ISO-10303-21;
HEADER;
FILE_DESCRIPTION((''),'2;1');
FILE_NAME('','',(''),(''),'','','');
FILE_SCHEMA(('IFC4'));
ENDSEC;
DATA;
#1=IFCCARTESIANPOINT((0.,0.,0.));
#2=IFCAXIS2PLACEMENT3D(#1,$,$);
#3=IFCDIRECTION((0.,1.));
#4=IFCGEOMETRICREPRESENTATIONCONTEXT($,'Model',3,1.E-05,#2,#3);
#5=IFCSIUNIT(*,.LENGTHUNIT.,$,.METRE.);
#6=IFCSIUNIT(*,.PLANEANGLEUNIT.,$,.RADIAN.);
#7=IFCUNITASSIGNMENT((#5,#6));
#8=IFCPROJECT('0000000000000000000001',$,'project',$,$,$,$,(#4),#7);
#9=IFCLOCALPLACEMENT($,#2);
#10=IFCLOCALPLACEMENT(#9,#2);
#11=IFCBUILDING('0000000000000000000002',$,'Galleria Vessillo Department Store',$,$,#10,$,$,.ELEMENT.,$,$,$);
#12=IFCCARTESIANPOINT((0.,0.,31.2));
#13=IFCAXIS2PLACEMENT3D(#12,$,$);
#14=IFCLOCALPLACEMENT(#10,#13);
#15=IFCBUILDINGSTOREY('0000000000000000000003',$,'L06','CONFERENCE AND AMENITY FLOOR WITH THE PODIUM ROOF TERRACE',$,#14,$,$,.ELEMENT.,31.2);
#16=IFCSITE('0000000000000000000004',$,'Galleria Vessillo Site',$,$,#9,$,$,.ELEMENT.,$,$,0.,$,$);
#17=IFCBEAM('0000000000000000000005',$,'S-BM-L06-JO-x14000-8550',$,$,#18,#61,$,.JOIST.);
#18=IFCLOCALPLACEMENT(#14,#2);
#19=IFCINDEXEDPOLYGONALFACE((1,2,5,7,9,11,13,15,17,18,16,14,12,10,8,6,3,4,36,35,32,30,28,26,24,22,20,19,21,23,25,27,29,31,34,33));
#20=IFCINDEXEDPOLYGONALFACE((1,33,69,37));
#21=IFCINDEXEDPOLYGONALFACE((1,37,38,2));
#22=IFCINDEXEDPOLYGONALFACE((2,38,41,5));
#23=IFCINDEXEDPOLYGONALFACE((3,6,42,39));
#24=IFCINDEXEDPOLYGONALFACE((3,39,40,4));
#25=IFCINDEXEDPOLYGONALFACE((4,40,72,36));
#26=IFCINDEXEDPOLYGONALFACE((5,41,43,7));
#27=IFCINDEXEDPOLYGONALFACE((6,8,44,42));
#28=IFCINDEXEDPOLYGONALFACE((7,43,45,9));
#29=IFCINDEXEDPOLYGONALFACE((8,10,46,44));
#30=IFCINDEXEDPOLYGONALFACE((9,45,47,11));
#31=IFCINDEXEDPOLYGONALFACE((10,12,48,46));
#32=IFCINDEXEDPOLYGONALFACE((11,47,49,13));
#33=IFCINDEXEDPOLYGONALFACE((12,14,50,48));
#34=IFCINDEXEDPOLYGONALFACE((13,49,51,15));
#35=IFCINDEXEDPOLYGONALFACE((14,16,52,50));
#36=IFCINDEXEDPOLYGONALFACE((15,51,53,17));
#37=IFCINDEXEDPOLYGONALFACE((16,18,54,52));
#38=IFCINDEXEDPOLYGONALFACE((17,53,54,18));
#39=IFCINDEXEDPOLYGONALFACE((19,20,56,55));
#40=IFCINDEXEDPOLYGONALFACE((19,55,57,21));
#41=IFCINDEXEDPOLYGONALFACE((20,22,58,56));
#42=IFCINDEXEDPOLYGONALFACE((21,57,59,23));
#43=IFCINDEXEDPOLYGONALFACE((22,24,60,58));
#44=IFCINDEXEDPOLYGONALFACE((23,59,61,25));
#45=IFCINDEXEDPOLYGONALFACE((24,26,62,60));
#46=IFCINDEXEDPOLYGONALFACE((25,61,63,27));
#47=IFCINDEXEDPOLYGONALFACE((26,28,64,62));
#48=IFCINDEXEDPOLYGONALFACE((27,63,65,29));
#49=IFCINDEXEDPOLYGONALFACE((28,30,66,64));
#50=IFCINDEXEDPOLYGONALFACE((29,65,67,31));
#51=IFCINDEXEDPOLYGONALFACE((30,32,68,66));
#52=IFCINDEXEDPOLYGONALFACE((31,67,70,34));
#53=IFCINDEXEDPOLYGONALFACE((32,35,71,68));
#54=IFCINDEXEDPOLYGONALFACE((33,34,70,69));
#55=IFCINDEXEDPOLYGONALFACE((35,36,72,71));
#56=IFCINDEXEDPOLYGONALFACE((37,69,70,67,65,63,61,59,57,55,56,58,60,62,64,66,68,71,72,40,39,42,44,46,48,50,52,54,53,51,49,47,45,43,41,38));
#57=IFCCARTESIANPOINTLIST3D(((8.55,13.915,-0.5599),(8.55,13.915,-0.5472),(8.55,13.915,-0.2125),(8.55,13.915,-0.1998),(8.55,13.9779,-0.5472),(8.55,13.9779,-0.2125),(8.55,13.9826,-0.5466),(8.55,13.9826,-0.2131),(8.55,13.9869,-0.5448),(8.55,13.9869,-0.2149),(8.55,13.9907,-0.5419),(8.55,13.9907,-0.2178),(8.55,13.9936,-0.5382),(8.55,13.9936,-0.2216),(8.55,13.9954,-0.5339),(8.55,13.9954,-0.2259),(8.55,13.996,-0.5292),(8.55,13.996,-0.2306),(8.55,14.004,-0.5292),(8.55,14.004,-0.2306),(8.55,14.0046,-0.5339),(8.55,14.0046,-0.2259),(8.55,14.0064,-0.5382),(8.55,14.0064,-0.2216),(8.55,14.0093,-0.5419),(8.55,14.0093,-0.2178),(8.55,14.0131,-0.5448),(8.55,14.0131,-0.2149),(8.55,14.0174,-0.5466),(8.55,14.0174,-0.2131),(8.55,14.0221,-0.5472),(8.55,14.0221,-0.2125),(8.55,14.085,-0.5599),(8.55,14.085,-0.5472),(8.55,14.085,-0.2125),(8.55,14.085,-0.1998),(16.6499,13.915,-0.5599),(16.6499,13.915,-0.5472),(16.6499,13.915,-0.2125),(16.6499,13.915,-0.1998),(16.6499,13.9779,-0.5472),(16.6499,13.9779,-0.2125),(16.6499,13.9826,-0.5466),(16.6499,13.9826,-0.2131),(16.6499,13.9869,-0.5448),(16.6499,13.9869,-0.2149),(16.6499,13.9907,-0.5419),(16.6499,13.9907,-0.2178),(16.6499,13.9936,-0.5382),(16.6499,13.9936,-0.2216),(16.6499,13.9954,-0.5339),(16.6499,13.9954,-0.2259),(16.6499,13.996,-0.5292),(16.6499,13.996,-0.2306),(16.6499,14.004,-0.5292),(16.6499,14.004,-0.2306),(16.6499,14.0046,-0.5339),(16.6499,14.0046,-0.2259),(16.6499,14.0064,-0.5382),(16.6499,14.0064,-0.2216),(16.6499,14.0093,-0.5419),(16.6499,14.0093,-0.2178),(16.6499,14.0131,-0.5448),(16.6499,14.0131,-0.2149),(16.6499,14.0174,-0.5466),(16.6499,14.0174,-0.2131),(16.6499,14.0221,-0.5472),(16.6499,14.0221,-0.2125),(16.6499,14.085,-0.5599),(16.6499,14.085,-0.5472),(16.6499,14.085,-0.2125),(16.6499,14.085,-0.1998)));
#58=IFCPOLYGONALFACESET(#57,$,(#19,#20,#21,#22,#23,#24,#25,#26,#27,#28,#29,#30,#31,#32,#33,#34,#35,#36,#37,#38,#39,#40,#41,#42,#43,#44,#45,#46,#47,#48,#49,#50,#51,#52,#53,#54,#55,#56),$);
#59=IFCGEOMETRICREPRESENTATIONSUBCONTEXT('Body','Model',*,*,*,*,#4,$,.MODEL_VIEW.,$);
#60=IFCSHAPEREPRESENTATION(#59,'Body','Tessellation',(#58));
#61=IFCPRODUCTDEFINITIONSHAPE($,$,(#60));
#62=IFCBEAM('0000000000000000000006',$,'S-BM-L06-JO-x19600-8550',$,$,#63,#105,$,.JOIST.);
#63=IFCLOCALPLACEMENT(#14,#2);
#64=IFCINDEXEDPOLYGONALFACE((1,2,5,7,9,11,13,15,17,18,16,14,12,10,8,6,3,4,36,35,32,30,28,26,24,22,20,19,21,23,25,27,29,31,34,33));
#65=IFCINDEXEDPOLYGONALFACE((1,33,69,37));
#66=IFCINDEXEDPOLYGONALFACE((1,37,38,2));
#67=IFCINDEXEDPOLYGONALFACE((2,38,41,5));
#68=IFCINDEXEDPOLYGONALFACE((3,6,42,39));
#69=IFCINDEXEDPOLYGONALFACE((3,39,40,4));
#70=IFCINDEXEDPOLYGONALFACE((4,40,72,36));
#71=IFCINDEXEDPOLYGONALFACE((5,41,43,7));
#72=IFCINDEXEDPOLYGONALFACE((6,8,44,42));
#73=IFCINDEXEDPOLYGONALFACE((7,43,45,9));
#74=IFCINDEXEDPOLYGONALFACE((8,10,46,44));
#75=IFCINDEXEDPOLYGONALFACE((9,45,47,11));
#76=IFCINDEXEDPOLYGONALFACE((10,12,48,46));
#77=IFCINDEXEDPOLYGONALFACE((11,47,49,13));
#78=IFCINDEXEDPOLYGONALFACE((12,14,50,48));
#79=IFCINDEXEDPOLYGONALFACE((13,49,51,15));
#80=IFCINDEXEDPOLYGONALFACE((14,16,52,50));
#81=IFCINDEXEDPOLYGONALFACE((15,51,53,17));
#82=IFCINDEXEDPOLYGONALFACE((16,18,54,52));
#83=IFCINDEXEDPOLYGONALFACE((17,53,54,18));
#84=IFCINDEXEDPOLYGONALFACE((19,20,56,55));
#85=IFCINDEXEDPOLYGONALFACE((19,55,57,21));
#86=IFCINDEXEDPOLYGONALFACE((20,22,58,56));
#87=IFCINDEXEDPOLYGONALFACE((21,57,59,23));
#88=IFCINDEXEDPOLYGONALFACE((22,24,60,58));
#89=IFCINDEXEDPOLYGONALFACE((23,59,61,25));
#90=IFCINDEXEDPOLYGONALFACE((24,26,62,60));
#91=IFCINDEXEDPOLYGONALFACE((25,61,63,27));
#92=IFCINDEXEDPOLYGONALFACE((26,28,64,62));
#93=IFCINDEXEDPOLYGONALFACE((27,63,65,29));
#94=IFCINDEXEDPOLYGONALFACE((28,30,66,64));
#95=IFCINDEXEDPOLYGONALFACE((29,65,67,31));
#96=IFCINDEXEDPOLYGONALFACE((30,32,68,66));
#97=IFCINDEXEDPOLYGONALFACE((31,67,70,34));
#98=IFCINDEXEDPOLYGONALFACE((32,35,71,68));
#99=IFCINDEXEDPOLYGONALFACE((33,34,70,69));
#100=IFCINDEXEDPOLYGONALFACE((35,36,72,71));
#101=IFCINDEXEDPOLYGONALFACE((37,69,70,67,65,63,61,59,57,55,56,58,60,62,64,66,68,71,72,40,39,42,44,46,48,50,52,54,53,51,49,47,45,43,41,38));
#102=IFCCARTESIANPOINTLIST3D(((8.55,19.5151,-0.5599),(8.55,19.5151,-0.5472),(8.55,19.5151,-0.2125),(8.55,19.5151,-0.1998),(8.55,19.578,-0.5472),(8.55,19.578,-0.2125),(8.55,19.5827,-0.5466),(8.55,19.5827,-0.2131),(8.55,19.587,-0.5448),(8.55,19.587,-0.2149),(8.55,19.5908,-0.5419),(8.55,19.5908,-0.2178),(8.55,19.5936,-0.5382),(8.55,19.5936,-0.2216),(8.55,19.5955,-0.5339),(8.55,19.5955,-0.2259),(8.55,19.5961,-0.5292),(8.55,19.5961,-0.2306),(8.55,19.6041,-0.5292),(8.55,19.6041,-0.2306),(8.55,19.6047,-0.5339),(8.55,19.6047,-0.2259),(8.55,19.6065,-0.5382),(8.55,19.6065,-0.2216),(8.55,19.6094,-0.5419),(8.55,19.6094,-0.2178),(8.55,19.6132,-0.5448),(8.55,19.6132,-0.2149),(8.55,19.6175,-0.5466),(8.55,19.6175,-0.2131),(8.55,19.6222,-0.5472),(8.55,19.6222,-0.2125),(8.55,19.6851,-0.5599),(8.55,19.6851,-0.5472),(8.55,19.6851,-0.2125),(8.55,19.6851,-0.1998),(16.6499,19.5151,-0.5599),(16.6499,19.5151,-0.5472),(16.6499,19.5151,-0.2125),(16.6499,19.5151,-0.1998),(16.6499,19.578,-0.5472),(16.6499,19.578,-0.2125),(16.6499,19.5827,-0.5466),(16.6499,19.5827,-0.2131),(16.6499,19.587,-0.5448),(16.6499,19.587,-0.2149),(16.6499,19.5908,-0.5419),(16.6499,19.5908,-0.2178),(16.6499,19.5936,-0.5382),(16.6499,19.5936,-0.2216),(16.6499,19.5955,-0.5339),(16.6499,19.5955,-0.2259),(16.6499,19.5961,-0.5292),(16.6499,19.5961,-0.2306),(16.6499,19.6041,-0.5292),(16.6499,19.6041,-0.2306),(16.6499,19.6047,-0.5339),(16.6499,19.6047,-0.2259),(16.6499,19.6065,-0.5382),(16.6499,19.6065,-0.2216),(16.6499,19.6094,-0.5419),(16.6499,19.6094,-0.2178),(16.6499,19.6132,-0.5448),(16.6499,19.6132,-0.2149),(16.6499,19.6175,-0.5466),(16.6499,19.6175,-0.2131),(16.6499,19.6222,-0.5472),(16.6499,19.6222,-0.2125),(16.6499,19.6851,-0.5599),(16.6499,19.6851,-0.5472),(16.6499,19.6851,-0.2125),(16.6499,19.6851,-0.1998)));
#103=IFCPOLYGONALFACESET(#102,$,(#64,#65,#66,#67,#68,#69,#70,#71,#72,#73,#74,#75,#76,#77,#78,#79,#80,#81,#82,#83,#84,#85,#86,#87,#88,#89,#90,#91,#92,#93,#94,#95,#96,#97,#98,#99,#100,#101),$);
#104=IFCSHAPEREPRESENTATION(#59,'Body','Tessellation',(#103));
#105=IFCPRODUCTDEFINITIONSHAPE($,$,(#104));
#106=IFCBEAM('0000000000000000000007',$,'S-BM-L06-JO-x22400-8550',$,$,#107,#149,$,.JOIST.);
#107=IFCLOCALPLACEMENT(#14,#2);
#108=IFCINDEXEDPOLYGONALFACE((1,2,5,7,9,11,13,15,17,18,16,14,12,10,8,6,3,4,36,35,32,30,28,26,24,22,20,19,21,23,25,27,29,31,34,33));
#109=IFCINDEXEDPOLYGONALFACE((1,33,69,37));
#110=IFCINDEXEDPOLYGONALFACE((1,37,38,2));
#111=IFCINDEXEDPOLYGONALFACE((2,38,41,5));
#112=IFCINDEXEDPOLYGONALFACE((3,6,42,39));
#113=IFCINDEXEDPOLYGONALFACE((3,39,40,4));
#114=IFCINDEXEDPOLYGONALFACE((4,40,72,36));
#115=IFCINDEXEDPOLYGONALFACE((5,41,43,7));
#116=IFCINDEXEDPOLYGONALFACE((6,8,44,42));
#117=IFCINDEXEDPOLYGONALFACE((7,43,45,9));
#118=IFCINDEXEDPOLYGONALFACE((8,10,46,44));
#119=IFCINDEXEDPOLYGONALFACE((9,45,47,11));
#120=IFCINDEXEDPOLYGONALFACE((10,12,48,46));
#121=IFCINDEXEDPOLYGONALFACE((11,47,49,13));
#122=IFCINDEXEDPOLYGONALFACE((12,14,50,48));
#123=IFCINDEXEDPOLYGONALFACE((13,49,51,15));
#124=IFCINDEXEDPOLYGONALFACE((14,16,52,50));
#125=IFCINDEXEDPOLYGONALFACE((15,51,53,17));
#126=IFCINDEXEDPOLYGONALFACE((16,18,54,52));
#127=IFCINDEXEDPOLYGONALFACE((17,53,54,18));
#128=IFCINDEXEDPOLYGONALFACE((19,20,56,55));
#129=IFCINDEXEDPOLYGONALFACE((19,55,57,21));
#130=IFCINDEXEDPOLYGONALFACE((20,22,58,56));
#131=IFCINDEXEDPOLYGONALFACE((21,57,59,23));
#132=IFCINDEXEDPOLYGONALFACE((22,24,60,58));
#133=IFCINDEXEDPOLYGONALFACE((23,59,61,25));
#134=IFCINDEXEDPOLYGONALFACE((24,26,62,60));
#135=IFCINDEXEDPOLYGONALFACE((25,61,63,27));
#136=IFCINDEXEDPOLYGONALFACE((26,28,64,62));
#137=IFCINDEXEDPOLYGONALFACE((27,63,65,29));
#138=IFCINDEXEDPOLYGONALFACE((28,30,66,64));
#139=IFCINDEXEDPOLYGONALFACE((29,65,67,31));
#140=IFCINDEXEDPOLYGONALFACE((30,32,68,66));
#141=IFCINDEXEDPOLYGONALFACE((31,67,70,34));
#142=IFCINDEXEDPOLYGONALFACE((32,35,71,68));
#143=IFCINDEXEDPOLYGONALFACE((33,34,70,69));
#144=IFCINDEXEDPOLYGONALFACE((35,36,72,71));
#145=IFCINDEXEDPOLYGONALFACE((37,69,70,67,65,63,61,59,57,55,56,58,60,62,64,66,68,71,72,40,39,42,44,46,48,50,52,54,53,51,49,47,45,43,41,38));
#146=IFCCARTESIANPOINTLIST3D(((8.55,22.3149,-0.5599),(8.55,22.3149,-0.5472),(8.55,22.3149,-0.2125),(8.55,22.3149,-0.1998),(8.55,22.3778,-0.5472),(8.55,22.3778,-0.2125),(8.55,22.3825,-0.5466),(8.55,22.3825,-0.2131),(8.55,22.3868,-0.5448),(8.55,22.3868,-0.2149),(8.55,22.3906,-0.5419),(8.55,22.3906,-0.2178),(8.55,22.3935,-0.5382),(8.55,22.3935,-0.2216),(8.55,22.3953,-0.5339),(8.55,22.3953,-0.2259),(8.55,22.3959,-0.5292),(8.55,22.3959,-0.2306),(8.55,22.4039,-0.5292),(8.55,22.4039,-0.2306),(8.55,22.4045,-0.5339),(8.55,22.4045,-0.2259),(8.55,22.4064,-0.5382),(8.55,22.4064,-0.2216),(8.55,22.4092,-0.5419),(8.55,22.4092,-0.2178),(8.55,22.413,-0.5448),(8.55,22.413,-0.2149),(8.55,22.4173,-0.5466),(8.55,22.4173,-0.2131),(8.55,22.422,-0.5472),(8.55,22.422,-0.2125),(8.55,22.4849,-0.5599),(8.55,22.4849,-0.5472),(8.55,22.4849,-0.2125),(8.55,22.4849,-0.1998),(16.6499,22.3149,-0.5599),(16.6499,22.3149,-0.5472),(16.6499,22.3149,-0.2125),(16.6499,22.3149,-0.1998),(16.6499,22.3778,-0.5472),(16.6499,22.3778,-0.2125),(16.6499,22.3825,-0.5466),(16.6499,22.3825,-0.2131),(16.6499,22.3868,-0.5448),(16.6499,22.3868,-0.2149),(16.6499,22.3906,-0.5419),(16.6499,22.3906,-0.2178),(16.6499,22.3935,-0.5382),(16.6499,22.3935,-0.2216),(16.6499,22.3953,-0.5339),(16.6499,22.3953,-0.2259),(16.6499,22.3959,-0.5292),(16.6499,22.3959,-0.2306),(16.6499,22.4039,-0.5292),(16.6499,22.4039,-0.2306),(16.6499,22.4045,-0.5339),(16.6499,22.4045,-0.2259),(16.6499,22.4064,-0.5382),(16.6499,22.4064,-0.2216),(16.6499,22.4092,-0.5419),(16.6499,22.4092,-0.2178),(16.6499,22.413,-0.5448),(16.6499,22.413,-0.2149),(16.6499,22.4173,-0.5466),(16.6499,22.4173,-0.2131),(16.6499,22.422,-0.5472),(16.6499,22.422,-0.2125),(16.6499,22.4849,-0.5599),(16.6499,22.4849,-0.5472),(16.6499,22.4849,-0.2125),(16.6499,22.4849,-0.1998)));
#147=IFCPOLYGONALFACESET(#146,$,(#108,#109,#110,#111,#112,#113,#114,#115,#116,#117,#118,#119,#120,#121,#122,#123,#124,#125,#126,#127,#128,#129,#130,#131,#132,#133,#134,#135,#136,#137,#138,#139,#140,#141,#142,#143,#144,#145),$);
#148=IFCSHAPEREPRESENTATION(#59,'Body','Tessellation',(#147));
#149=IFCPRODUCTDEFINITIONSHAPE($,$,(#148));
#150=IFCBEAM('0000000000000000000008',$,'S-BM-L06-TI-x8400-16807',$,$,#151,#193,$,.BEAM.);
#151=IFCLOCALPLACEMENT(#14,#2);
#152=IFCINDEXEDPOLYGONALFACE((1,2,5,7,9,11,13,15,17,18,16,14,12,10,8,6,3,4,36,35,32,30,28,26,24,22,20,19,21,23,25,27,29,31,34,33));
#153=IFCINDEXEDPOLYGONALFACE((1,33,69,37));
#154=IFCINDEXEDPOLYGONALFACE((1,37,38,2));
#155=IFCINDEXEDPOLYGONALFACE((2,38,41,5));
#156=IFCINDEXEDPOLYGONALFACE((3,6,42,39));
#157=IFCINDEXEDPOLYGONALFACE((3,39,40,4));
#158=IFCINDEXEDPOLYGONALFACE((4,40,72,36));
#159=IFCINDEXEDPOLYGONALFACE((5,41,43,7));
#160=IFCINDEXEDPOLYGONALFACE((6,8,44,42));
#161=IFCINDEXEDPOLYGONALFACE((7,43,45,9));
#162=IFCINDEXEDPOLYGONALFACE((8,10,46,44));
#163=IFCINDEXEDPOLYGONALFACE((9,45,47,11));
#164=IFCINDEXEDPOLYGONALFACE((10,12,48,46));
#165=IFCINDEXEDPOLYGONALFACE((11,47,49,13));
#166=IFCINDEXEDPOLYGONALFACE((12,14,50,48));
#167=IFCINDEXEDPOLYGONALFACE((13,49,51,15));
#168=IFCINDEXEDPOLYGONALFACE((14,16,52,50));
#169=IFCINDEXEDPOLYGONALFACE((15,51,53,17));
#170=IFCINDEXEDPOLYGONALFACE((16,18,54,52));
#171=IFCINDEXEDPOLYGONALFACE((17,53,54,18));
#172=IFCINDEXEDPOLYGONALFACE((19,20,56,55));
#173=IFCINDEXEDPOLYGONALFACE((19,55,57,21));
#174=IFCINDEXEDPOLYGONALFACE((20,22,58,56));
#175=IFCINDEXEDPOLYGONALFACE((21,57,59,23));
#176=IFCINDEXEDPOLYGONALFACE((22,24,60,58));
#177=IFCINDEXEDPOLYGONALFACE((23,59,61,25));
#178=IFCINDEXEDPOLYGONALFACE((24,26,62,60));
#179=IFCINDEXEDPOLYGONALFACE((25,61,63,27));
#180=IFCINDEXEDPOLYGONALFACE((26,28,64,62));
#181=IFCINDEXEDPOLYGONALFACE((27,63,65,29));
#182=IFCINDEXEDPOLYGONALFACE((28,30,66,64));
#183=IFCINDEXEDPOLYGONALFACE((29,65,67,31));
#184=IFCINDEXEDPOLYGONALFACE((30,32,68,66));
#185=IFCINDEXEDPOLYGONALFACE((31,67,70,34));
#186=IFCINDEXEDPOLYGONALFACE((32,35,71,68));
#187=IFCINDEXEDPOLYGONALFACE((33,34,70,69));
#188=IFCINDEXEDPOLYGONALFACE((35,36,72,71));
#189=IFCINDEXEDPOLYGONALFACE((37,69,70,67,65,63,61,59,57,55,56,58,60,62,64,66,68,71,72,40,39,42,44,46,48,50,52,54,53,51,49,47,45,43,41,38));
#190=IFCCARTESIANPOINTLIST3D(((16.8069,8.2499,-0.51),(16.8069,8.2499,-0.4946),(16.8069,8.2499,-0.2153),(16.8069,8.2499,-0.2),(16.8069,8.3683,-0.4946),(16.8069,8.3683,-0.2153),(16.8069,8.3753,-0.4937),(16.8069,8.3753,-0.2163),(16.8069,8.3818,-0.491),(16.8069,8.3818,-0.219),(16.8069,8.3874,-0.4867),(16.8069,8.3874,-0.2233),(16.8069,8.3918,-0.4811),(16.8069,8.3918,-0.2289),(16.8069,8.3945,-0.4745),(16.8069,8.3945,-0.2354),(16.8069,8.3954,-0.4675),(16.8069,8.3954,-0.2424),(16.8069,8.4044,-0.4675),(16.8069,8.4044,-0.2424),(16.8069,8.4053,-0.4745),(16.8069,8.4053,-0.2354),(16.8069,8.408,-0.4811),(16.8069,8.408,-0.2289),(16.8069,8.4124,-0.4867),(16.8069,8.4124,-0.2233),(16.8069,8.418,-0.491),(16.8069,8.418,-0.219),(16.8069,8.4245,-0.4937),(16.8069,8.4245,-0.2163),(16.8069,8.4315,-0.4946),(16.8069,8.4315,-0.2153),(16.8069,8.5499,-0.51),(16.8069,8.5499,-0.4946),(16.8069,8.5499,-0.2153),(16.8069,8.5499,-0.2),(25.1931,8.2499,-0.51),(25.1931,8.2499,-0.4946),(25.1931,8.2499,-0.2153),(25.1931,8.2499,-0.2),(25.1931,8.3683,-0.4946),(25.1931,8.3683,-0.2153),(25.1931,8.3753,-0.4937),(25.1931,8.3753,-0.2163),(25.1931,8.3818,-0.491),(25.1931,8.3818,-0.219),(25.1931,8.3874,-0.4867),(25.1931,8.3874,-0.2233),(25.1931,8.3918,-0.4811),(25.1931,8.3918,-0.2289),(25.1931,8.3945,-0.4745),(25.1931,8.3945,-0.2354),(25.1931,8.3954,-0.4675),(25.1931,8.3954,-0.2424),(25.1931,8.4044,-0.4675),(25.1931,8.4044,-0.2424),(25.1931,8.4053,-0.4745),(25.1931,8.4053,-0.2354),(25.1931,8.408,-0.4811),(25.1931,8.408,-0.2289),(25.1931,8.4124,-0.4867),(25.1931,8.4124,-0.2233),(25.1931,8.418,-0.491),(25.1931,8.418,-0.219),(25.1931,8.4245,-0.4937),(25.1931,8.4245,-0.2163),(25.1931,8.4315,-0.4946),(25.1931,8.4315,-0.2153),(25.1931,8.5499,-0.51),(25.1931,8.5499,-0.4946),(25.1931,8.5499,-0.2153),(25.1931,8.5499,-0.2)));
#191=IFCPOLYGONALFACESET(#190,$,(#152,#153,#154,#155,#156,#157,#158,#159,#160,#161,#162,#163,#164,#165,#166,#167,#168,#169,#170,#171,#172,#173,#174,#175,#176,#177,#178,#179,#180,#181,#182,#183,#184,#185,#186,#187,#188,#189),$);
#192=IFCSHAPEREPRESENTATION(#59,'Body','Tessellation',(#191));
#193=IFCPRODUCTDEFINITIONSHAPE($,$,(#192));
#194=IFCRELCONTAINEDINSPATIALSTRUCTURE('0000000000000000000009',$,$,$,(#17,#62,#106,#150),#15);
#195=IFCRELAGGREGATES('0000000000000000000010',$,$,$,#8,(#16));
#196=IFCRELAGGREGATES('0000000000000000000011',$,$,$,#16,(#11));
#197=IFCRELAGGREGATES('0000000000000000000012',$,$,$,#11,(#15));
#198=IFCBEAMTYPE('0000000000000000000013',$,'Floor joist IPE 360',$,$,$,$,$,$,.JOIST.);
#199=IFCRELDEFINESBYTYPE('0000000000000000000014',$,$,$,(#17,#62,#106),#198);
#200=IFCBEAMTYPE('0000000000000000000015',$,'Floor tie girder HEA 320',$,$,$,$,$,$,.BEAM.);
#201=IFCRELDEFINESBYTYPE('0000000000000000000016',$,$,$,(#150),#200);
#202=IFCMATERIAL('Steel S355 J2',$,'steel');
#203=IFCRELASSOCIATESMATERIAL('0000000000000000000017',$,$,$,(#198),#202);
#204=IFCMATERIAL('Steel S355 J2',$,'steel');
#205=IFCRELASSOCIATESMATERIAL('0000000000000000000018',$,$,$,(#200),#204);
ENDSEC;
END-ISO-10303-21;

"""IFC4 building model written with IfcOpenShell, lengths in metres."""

from ifc_helpers import new_model, si_unit, direction, frame, origin, origin_2d, place, context, subcontext, project, spatial, i_section, extrude, material, material_profile, profile_set, type_object, element, save


model = new_model("IFC4")

# Units and contexts
model_context = context("Model", 3, precision=1e-05, world=origin(), true_north=direction((0.0, 1.0)))
body_context = subcontext(model_context, "Body", "Model", "MODEL_VIEW")
ifc_project = project(units=[si_unit("LENGTHUNIT", "METRE"), si_unit("PLANEANGLEUNIT", "RADIAN")], contexts=[model_context])

# Site, building, storey
site_placement = place(None, origin())
site = spatial("IfcSite", under=ifc_project, at=site_placement, Name="Galleria Vessillo Site", CompositionType="ELEMENT", RefElevation=0.0)
building_placement = place(site_placement, origin())
building = spatial("IfcBuilding", under=site, at=building_placement, Name="Galleria Vessillo Department Store", CompositionType="ELEMENT")
storey_placement = place(building_placement, frame((0.0, 0.0, 31.2)))
storey = spatial("IfcBuildingStorey", under=building, at=storey_placement, Name="L06", Description="CONFERENCE AND AMENITY FLOOR WITH THE PODIUM ROOF TERRACE", CompositionType="ELEMENT", Elevation=31.2)

# Beams
ifc_material_1 = material(Name="Steel S355 J2", Category="steel")
ifc_material_profile_1 = material_profile(ifc_material_1, i_section(OverallWidth=0.1699, OverallDepth=0.3601, WebThickness=0.0081, FlangeThickness=0.0127, FilletRadius=0.0181, at=origin_2d()), Name="IPE 360")
ifc_profile_set_1 = profile_set([ifc_material_profile_1], Name="Steel S355 J2")
beam_type_1 = type_object("IfcBeamType", Name="Floor joist IPE 360", PredefinedType="JOIST", material=ifc_profile_set_1)
for number, where, z_axis, x_axis, name in (
    (1, (8.55, 14.0, -0.3799), (1.0, 0.0, 0.0), (0.0, 1.0, 0.0), "S-BM-L06-JO-x14000-8550"),
    (2, (8.55, 19.6001, -0.3799), (1.0, 0.0, 0.0), (0.0, 1.0, 0.0), "S-BM-L06-JO-x19600-8550"),
    (3, (8.55, 22.3999, -0.3799), (1.0, 0.0, 0.0), (0.0, 1.0, 0.0), "S-BM-L06-JO-x22400-8550"),
):
    element("IfcBeam", number, at=place(storey_placement, frame(where, z_axis=z_axis, x_axis=x_axis)), inside=storey, type_object=beam_type_1, Name=name, PredefinedType="JOIST", context=body_context, shape_type="SweptSolid", body=[
        extrude(i_section(OverallWidth=0.1699, OverallDepth=0.3601, WebThickness=0.0081, FlangeThickness=0.0127, FilletRadius=0.0181, at=origin_2d()), origin(), (0.0, 0.0, 1.0), 8.0999),
    ])
ifc_material_2 = material(Name="Steel S355 J2", Category="steel")
ifc_material_profile_2 = material_profile(ifc_material_2, i_section(OverallWidth=0.3, OverallDepth=0.3101, WebThickness=0.009, FlangeThickness=0.0154, FilletRadius=0.0271, at=origin_2d()), Name="HEA 320")
ifc_profile_set_2 = profile_set([ifc_material_profile_2], Name="Steel S355 J2")
beam_type_2 = type_object("IfcBeamType", Name="Floor tie girder HEA 320", PredefinedType="BEAM", material=ifc_profile_set_2)
for number, where, z_axis, x_axis, name in (
    (4, (16.8069, 8.3999, -0.355), (1.0, 0.0, 0.0), (0.0, 1.0, 0.0), "S-BM-L06-TI-x8400-16807"),
):
    element("IfcBeam", number, at=place(storey_placement, frame(where, z_axis=z_axis, x_axis=x_axis)), inside=storey, type_object=beam_type_2, Name=name, PredefinedType="BEAM", context=body_context, shape_type="SweptSolid", body=[
        extrude(i_section(OverallWidth=0.3, OverallDepth=0.3101, WebThickness=0.009, FlangeThickness=0.0154, FilletRadius=0.0271, at=origin_2d()), origin(), (0.0, 0.0, 1.0), 8.3862),
    ])

save(model, "model.ifc")
